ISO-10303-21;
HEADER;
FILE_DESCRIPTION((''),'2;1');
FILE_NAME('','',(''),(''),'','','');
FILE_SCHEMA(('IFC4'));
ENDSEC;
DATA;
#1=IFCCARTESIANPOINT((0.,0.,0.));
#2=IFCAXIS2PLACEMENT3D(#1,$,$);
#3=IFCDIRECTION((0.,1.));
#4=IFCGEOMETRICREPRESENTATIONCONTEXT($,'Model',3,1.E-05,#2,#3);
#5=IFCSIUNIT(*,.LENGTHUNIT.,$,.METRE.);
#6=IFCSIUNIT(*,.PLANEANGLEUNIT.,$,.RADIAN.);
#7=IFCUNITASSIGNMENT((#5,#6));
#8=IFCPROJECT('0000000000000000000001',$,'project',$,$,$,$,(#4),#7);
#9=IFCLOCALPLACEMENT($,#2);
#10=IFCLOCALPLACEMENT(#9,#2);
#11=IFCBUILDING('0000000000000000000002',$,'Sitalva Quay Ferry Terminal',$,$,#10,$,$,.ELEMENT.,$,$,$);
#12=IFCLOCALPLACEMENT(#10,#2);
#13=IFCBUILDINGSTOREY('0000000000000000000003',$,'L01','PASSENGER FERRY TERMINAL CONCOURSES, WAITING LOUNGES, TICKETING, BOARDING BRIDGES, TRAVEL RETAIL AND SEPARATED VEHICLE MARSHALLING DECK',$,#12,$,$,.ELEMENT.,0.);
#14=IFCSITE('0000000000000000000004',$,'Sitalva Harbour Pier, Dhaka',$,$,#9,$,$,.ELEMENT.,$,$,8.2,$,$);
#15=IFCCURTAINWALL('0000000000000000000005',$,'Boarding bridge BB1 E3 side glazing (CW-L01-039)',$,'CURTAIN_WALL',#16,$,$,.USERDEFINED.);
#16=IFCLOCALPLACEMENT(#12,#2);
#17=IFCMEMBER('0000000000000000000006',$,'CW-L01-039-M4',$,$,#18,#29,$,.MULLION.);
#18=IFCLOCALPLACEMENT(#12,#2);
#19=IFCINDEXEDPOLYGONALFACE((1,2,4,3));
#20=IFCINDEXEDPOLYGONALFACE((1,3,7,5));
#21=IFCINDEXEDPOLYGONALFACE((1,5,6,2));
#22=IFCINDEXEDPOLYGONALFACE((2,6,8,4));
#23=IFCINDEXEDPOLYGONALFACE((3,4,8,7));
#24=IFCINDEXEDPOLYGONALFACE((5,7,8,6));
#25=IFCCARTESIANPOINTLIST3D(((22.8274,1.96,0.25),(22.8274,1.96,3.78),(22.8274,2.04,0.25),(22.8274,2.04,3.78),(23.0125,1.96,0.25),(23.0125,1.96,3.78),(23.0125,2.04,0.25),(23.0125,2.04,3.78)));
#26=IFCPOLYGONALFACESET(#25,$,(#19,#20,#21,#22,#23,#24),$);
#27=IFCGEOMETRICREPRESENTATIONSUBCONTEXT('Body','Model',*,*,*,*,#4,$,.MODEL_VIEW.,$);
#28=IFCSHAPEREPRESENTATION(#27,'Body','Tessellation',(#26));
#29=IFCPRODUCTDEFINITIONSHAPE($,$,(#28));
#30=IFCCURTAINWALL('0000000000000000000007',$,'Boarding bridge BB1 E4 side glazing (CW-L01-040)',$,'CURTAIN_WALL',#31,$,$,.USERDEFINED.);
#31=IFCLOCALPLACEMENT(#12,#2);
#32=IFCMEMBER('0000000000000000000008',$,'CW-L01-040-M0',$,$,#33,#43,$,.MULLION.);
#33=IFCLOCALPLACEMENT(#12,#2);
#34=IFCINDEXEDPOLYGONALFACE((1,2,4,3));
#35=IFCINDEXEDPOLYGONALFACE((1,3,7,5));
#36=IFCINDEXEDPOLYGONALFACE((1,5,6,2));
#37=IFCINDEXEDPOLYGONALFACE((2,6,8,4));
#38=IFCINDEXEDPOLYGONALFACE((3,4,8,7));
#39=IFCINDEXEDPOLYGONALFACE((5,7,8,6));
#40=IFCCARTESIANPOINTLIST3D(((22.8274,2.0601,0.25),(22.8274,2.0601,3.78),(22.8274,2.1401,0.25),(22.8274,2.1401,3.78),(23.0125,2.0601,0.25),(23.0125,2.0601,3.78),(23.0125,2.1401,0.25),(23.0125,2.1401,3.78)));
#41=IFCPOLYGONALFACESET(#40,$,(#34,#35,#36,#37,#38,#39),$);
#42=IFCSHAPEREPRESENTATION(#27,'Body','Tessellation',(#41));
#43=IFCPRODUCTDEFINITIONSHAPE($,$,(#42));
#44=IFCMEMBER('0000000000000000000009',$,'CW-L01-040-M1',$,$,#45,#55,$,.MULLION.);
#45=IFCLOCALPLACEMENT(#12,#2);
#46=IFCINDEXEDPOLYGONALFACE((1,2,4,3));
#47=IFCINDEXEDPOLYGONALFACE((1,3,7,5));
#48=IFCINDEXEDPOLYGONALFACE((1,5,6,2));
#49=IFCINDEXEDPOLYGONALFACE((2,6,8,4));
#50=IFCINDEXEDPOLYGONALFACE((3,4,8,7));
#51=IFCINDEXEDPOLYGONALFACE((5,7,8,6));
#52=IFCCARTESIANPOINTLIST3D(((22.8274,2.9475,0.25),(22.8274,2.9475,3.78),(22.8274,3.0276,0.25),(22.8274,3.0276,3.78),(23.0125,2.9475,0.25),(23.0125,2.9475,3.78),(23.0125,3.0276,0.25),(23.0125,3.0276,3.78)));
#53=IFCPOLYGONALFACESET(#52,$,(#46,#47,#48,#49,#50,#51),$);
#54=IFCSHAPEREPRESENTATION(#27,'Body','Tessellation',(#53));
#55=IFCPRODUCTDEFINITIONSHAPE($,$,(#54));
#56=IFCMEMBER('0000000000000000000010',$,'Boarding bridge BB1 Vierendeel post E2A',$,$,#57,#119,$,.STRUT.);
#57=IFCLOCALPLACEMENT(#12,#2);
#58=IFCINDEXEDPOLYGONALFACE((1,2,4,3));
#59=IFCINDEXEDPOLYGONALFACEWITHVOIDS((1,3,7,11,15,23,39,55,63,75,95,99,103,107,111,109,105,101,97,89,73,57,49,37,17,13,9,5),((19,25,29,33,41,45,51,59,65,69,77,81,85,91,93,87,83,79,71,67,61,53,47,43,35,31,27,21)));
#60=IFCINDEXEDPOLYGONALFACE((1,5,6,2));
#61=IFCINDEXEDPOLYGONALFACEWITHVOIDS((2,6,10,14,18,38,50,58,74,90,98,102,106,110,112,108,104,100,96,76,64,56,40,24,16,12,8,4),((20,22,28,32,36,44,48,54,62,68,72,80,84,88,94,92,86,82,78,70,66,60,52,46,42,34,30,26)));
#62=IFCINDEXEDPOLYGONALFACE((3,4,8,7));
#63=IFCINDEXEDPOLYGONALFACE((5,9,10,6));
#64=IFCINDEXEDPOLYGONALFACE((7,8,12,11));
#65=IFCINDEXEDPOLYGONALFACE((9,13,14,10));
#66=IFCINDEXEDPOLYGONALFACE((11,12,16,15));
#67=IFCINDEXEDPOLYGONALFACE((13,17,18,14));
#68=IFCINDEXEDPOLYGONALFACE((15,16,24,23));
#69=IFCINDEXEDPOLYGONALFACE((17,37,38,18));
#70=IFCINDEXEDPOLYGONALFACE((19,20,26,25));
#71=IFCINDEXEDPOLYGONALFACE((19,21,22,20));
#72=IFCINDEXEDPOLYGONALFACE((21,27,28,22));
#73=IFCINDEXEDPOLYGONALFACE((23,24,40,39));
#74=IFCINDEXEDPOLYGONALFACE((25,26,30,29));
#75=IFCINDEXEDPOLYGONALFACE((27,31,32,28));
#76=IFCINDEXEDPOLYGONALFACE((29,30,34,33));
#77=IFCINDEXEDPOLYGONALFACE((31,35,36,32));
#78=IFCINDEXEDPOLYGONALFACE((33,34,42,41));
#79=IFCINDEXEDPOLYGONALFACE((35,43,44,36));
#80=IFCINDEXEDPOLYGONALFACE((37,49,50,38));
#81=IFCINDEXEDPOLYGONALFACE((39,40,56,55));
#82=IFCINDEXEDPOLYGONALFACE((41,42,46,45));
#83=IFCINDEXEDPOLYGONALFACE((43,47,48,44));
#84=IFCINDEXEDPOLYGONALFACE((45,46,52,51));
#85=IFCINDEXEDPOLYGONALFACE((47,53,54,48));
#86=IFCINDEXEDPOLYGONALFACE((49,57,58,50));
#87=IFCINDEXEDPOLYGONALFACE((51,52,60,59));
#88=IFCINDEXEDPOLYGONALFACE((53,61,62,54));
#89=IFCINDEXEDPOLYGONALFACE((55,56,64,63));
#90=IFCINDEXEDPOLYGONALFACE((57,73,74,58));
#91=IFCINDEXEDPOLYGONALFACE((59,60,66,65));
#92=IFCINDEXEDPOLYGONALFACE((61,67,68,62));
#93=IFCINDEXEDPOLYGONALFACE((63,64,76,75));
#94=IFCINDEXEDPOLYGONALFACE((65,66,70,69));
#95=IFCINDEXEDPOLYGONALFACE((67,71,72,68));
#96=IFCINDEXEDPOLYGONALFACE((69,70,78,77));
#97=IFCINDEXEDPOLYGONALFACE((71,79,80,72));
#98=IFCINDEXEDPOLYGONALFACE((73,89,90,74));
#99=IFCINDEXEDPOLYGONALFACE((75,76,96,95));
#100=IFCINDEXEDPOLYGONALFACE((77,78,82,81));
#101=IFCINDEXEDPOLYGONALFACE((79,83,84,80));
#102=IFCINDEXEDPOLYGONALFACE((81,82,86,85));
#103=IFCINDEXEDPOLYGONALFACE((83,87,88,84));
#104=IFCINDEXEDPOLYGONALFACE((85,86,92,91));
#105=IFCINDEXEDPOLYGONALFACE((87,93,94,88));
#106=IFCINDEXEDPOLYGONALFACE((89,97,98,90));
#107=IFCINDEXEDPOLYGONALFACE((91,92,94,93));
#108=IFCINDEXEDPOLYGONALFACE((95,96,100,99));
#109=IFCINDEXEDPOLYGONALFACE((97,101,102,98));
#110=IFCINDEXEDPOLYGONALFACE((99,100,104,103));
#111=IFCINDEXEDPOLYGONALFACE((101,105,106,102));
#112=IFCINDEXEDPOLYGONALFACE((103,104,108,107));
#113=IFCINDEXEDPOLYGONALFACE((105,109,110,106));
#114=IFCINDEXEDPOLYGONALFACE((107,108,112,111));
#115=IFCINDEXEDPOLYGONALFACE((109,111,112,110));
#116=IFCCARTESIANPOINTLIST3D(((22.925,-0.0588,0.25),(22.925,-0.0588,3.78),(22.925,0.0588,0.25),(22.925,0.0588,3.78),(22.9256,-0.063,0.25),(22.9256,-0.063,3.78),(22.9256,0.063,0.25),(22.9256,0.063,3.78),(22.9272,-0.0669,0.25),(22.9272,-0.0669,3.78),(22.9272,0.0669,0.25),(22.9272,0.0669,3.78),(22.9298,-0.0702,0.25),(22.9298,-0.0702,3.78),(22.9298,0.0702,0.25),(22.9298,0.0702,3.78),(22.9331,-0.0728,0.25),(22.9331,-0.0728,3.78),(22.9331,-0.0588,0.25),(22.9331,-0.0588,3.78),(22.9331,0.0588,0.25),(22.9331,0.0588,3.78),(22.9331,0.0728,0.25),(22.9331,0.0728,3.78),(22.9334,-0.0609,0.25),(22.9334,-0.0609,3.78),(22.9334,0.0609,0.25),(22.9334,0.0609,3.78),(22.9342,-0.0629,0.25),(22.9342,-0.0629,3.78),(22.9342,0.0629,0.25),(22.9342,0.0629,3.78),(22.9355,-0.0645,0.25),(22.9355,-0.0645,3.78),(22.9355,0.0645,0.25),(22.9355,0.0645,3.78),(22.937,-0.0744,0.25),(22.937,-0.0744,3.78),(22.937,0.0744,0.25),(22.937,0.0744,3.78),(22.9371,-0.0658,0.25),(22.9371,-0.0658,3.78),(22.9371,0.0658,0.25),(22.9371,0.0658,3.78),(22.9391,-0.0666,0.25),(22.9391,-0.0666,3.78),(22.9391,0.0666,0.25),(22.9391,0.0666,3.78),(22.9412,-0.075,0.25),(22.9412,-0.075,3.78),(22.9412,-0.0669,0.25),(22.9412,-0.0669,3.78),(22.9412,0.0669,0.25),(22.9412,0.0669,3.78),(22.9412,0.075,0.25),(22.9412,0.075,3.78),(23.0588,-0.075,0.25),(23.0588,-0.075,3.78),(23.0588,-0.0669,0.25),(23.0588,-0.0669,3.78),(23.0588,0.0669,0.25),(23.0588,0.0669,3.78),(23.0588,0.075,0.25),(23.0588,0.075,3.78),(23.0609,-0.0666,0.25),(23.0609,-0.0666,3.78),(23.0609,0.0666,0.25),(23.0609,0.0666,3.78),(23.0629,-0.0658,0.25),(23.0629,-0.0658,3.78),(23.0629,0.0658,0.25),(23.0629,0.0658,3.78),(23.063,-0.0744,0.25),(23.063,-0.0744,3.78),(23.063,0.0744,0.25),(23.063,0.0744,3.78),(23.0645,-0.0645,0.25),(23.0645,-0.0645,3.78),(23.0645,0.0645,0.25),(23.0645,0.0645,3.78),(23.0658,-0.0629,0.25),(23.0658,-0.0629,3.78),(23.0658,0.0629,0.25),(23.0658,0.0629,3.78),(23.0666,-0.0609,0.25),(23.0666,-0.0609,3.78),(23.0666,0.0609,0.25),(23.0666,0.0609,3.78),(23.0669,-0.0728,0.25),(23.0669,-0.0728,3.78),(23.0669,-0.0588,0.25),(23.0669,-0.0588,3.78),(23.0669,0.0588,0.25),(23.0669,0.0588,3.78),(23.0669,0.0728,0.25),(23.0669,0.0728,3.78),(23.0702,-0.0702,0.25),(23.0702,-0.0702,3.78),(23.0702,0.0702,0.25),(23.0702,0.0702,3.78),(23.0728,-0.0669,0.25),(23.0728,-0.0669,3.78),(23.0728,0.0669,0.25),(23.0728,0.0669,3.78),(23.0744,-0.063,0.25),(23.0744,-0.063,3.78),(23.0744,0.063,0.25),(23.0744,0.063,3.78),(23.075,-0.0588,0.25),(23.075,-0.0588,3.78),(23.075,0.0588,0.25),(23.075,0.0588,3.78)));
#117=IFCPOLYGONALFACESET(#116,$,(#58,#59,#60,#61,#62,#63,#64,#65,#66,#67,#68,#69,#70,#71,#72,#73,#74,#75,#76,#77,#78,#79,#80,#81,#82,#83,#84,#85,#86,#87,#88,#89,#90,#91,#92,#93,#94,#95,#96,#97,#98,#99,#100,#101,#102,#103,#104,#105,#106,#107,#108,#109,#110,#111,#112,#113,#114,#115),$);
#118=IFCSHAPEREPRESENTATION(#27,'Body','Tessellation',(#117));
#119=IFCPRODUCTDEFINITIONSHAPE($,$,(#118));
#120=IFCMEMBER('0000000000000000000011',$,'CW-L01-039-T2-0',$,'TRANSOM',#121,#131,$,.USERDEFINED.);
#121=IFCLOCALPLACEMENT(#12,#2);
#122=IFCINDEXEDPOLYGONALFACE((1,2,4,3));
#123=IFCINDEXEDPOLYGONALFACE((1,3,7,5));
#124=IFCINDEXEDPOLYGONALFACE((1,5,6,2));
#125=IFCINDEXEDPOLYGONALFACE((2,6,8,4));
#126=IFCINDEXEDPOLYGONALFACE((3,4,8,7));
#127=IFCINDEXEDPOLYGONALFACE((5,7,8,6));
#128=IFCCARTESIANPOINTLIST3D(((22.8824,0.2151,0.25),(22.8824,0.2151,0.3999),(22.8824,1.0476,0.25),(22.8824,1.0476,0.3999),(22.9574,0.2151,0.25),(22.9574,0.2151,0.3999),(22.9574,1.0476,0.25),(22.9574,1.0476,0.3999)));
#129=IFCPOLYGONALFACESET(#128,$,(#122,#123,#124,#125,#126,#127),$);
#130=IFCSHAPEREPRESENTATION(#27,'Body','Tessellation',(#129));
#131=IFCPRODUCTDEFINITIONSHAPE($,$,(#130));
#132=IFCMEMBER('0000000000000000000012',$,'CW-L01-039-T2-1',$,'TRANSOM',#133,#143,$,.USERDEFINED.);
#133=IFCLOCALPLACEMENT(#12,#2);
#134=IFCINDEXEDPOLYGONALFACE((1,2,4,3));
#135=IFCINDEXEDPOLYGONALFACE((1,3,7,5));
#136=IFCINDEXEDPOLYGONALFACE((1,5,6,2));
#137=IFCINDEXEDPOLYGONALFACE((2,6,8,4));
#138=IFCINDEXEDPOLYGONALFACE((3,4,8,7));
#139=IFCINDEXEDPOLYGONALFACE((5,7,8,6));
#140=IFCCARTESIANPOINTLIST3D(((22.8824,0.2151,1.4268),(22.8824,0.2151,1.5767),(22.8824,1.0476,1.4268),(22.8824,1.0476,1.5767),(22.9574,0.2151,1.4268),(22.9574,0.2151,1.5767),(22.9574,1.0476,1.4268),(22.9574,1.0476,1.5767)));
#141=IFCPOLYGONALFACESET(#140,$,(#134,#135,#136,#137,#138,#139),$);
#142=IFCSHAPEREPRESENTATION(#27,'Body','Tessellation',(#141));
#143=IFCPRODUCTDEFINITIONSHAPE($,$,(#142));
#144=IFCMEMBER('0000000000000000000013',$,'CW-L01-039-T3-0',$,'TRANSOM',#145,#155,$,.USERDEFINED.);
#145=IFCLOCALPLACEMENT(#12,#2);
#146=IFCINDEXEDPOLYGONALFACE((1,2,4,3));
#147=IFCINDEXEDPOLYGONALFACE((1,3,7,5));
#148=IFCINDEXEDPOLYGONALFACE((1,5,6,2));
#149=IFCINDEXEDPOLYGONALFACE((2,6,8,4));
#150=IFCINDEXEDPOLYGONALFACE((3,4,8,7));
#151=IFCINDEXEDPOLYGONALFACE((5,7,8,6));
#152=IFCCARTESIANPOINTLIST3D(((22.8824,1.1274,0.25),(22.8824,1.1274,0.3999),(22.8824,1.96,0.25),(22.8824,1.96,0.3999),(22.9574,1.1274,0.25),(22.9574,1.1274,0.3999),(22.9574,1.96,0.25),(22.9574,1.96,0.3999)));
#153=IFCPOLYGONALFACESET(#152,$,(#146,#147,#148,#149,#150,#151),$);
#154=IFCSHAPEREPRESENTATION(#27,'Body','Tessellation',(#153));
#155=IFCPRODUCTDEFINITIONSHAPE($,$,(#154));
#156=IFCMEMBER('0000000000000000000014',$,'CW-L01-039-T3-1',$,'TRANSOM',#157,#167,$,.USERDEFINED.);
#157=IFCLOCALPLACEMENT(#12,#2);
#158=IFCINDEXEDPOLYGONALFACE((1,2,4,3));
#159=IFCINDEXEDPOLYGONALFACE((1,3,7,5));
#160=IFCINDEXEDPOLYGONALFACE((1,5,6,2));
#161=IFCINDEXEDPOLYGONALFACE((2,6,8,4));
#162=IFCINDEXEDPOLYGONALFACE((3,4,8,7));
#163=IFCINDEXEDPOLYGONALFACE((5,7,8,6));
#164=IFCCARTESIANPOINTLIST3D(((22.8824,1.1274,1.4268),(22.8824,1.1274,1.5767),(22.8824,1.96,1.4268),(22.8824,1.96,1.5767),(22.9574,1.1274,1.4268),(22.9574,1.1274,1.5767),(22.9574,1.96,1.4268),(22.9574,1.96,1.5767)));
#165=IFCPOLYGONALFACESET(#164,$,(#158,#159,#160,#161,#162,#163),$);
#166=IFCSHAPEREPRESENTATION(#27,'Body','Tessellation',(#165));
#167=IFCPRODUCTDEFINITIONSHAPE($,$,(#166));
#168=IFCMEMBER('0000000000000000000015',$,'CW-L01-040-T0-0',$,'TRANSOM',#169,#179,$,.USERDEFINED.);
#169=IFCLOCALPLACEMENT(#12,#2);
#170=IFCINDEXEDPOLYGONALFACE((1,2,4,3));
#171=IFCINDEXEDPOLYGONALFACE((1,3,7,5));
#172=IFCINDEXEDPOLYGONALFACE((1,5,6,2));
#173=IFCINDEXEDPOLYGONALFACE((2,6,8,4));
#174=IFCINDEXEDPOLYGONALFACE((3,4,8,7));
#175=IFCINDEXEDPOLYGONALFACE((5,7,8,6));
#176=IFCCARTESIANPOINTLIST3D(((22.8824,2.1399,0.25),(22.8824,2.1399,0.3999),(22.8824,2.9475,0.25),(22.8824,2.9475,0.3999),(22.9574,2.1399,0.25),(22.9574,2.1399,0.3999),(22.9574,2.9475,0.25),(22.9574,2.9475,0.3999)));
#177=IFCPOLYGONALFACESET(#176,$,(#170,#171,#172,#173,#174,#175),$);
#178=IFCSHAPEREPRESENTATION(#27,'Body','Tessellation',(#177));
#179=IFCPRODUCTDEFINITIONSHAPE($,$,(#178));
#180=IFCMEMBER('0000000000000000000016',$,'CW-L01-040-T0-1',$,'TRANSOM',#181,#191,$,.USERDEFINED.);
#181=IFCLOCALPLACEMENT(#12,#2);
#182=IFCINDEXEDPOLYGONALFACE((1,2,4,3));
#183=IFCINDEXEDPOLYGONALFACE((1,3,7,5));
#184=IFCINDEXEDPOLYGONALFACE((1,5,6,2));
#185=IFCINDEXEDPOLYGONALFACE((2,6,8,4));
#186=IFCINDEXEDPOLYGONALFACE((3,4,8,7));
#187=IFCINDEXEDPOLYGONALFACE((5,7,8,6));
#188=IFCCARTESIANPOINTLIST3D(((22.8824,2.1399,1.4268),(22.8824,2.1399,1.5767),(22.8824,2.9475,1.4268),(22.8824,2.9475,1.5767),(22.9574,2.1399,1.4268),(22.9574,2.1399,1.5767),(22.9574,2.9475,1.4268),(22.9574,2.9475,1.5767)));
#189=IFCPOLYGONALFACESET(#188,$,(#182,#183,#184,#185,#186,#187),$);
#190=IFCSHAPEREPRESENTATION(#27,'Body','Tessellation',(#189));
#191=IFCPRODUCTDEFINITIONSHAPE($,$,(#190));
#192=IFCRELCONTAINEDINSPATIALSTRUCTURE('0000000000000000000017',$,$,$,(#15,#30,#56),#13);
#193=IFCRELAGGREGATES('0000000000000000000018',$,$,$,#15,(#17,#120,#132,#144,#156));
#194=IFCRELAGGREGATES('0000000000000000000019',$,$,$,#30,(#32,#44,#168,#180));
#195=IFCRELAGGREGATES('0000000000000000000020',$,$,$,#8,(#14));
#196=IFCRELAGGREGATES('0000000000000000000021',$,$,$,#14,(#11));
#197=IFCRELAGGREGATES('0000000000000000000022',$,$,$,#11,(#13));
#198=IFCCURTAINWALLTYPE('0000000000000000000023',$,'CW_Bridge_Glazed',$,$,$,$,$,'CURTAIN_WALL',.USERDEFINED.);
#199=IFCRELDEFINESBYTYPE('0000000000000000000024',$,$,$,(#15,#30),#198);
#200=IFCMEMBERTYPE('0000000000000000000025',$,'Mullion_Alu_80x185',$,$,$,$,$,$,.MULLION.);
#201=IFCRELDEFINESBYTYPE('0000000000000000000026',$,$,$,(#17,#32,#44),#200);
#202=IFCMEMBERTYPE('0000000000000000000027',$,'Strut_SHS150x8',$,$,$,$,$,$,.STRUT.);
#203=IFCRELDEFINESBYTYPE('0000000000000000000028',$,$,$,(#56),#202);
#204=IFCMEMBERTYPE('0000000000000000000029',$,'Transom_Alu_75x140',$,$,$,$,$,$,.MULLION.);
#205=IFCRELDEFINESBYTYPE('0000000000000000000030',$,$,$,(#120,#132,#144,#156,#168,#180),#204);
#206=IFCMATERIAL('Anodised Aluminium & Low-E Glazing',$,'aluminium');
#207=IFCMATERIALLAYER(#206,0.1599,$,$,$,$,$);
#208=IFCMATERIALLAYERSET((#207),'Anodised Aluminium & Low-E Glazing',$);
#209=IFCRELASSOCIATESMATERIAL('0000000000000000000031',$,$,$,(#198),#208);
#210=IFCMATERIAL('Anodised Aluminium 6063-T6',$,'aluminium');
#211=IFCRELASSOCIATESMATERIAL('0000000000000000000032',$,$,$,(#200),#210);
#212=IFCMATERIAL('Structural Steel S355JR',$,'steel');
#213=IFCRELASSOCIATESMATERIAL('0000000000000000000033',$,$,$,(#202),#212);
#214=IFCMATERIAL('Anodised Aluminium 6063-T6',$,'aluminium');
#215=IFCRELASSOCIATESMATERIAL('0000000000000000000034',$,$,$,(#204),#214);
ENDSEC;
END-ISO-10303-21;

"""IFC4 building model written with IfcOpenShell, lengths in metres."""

from ifc_helpers import new_model, si_unit, direction, frame, origin, origin_2d, place, context, subcontext, project, spatial, rectangle, hollow_rectangle, extrude, material, layer, layer_set, material_profile, profile_set, type_object, element, aggregate, save


model = new_model("IFC4")

# Units and contexts
model_context = context("Model", 3, precision=1e-05, world=origin(), true_north=direction((0.0, 1.0)))
body_context = subcontext(model_context, "Body", "Model", "MODEL_VIEW")
ifc_project = project(units=[si_unit("LENGTHUNIT", "METRE"), si_unit("PLANEANGLEUNIT", "RADIAN")], contexts=[model_context])

# Site, building, storey
site_placement = place(None, origin())
site = spatial("IfcSite", under=ifc_project, at=site_placement, Name="Sitalva Harbour Pier, Dhaka", CompositionType="ELEMENT", RefElevation=8.2)
building_placement = place(site_placement, origin())
building = spatial("IfcBuilding", under=site, at=building_placement, Name="Sitalva Quay Ferry Terminal", CompositionType="ELEMENT")
storey_placement = place(building_placement, origin())
storey = spatial("IfcBuildingStorey", under=building, at=storey_placement, Name="L01", Description="PASSENGER FERRY TERMINAL CONCOURSES, WAITING LOUNGES, TICKETING, BOARDING BRIDGES, TRAVEL RETAIL AND SEPARATED VEHICLE MARSHALLING DECK", CompositionType="ELEMENT", Elevation=0.0)

# Curtain walls, members
ifc_material_1 = material(Name="Anodised Aluminium & Low-E Glazing", Category="aluminium")
ifc_layer_1 = layer(ifc_material_1, 0.1599)
ifc_layer_set_1 = layer_set([ifc_layer_1], Name="Anodised Aluminium & Low-E Glazing")
curtain_wall_type = type_object("IfcCurtainWallType", Name="CW_Bridge_Glazed", ElementType="CURTAIN_WALL", PredefinedType="USERDEFINED", material=ifc_layer_set_1)
curtain_wall_1_placement = place(storey_placement, origin())
curtain_wall_1 = element("IfcCurtainWall", 1, at=curtain_wall_1_placement, inside=storey, type_object=curtain_wall_type, Name="Boarding bridge BB1 E3 side glazing (CW-L01-039)", ObjectType="CURTAIN_WALL", PredefinedType="USERDEFINED")
ifc_material_2 = material(Name="Anodised Aluminium 6063-T6", Category="aluminium")
ifc_material_profile_1 = material_profile(ifc_material_2, rectangle(XDim=0.0801, YDim=0.1851, at=origin_2d()), Name="ALU80x185")
ifc_profile_set_1 = profile_set([ifc_material_profile_1], Name="Anodised Aluminium 6063-T6")
member_type_1 = type_object("IfcMemberType", Name="Mullion_Alu_80x185", PredefinedType="MULLION", material=ifc_profile_set_1)
member_1_placement = place(storey_placement, frame((22.9199, 2.0, 0.25), z_axis=(0.0, 0.0, 1.0), x_axis=(0.0, 1.0, 0.0)))
member_1 = element("IfcMember", 2, at=member_1_placement, type_object=member_type_1, Name="CW-L01-039-M4", PredefinedType="MULLION", context=body_context, shape_type="SweptSolid", body=[
    extrude(rectangle(XDim=0.0801, YDim=0.1851, at=origin_2d()), origin(), (0.0, 0.0, 1.0), 3.53),
])
curtain_wall_2_placement = place(storey_placement, origin())
curtain_wall_2 = element("IfcCurtainWall", 3, at=curtain_wall_2_placement, inside=storey, type_object=curtain_wall_type, Name="Boarding bridge BB1 E4 side glazing (CW-L01-040)", ObjectType="CURTAIN_WALL", PredefinedType="USERDEFINED")
member_2_placement = place(storey_placement, frame((22.9199, 2.1001, 0.25), z_axis=(0.0, 0.0, 1.0), x_axis=(0.0, 1.0, 0.0)))
member_2 = element("IfcMember", 4, at=member_2_placement, type_object=member_type_1, Name="CW-L01-040-M0", PredefinedType="MULLION", context=body_context, shape_type="SweptSolid", body=[
    extrude(rectangle(XDim=0.0801, YDim=0.1851, at=origin_2d()), origin(), (0.0, 0.0, 1.0), 3.53),
])
member_3_placement = place(storey_placement, frame((22.9199, 2.9875, 0.25), z_axis=(0.0, 0.0, 1.0), x_axis=(0.0, 1.0, 0.0)))
member_3 = element("IfcMember", 5, at=member_3_placement, type_object=member_type_1, Name="CW-L01-040-M1", PredefinedType="MULLION", context=body_context, shape_type="SweptSolid", body=[
    extrude(rectangle(XDim=0.0801, YDim=0.1851, at=origin_2d()), origin(), (0.0, 0.0, 1.0), 3.53),
])

# Members
ifc_material_3 = material(Name="Structural Steel S355JR", Category="steel")
ifc_material_profile_2 = material_profile(ifc_material_3, hollow_rectangle(XDim=0.1499, YDim=0.1499, WallThickness=0.0081, InnerFilletRadius=0.0081, OuterFilletRadius=0.0161, at=origin_2d()), Name="SHS150x150x8")
ifc_profile_set_2 = profile_set([ifc_material_profile_2], Name="Structural Steel S355JR")
member_type_2 = type_object("IfcMemberType", Name="Strut_SHS150x8", PredefinedType="STRUT", material=ifc_profile_set_2)
member_4_placement = place(storey_placement, frame((23.0, 0.0, 0.25), z_axis=(0.0, 0.0, 1.0), x_axis=(1.0, 0.0, 0.0)))
element("IfcMember", 6, at=member_4_placement, inside=storey, type_object=member_type_2, Name="Boarding bridge BB1 Vierendeel post E2A", PredefinedType="STRUT", context=body_context, shape_type="SweptSolid", body=[
    extrude(hollow_rectangle(XDim=0.1499, YDim=0.1499, WallThickness=0.0081, InnerFilletRadius=0.0081, OuterFilletRadius=0.0161, at=origin_2d()), origin(), (0.0, 0.0, 1.0), 3.53),
])
ifc_material_4 = material(Name="Anodised Aluminium 6063-T6", Category="aluminium")
ifc_material_profile_3 = material_profile(ifc_material_4, rectangle(XDim=0.075, YDim=0.1499, at=origin_2d()), Name="ALU75x150")
ifc_profile_set_3 = profile_set([ifc_material_profile_3], Name="Anodised Aluminium 6063-T6")
member_type_3 = type_object("IfcMemberType", Name="Transom_Alu_75x140", PredefinedType="MULLION", material=ifc_profile_set_3)
member_5_placement = place(storey_placement, frame((22.9199, 0.2151, 0.325), z_axis=(0.0, 1.0, 0.0), x_axis=(-1.0, 0.0, 0.0)))
member_5 = element("IfcMember", 7, at=member_5_placement, type_object=member_type_3, Name="CW-L01-039-T2-0", ObjectType="TRANSOM", PredefinedType="USERDEFINED", context=body_context, shape_type="SweptSolid", body=[
    extrude(rectangle(XDim=0.075, YDim=0.1499, at=origin_2d()), origin(), (0.0, 0.0, 1.0), 0.8325),
])
member_6_placement = place(storey_placement, frame((22.9199, 0.2151, 1.5017), z_axis=(0.0, 1.0, 0.0), x_axis=(-1.0, 0.0, 0.0)))
member_6 = element("IfcMember", 8, at=member_6_placement, type_object=member_type_3, Name="CW-L01-039-T2-1", ObjectType="TRANSOM", PredefinedType="USERDEFINED", context=body_context, shape_type="SweptSolid", body=[
    extrude(rectangle(XDim=0.075, YDim=0.1499, at=origin_2d()), origin(), (0.0, 0.0, 1.0), 0.8325),
])
member_7_placement = place(storey_placement, frame((22.9199, 1.1274, 0.325), z_axis=(0.0, 1.0, 0.0), x_axis=(-1.0, 0.0, 0.0)))
member_7 = element("IfcMember", 9, at=member_7_placement, type_object=member_type_3, Name="CW-L01-039-T3-0", ObjectType="TRANSOM", PredefinedType="USERDEFINED", context=body_context, shape_type="SweptSolid", body=[
    extrude(rectangle(XDim=0.075, YDim=0.1499, at=origin_2d()), origin(), (0.0, 0.0, 1.0), 0.8325),
])
member_8_placement = place(storey_placement, frame((22.9199, 1.1274, 1.5017), z_axis=(0.0, 1.0, 0.0), x_axis=(-1.0, 0.0, 0.0)))
member_8 = element("IfcMember", 10, at=member_8_placement, type_object=member_type_3, Name="CW-L01-039-T3-1", ObjectType="TRANSOM", PredefinedType="USERDEFINED", context=body_context, shape_type="SweptSolid", body=[
    extrude(rectangle(XDim=0.075, YDim=0.1499, at=origin_2d()), origin(), (0.0, 0.0, 1.0), 0.8325),
])
member_9_placement = place(storey_placement, frame((22.9199, 2.1399, 0.325), z_axis=(0.0, 1.0, 0.0), x_axis=(-1.0, 0.0, 0.0)))
member_9 = element("IfcMember", 11, at=member_9_placement, type_object=member_type_3, Name="CW-L01-040-T0-0", ObjectType="TRANSOM", PredefinedType="USERDEFINED", context=body_context, shape_type="SweptSolid", body=[
    extrude(rectangle(XDim=0.075, YDim=0.1499, at=origin_2d()), origin(), (0.0, 0.0, 1.0), 0.8076),
])
member_10_placement = place(storey_placement, frame((22.9199, 2.1399, 1.5017), z_axis=(0.0, 1.0, 0.0), x_axis=(-1.0, 0.0, 0.0)))
member_10 = element("IfcMember", 12, at=member_10_placement, type_object=member_type_3, Name="CW-L01-040-T0-1", ObjectType="TRANSOM", PredefinedType="USERDEFINED", context=body_context, shape_type="SweptSolid", body=[
    extrude(rectangle(XDim=0.075, YDim=0.1499, at=origin_2d()), origin(), (0.0, 0.0, 1.0), 0.8076),
])

aggregate(curtain_wall_1, [member_1, member_5, member_6, member_7, member_8])
aggregate(curtain_wall_2, [member_2, member_3, member_9, member_10])

save(model, "model.ifc")
